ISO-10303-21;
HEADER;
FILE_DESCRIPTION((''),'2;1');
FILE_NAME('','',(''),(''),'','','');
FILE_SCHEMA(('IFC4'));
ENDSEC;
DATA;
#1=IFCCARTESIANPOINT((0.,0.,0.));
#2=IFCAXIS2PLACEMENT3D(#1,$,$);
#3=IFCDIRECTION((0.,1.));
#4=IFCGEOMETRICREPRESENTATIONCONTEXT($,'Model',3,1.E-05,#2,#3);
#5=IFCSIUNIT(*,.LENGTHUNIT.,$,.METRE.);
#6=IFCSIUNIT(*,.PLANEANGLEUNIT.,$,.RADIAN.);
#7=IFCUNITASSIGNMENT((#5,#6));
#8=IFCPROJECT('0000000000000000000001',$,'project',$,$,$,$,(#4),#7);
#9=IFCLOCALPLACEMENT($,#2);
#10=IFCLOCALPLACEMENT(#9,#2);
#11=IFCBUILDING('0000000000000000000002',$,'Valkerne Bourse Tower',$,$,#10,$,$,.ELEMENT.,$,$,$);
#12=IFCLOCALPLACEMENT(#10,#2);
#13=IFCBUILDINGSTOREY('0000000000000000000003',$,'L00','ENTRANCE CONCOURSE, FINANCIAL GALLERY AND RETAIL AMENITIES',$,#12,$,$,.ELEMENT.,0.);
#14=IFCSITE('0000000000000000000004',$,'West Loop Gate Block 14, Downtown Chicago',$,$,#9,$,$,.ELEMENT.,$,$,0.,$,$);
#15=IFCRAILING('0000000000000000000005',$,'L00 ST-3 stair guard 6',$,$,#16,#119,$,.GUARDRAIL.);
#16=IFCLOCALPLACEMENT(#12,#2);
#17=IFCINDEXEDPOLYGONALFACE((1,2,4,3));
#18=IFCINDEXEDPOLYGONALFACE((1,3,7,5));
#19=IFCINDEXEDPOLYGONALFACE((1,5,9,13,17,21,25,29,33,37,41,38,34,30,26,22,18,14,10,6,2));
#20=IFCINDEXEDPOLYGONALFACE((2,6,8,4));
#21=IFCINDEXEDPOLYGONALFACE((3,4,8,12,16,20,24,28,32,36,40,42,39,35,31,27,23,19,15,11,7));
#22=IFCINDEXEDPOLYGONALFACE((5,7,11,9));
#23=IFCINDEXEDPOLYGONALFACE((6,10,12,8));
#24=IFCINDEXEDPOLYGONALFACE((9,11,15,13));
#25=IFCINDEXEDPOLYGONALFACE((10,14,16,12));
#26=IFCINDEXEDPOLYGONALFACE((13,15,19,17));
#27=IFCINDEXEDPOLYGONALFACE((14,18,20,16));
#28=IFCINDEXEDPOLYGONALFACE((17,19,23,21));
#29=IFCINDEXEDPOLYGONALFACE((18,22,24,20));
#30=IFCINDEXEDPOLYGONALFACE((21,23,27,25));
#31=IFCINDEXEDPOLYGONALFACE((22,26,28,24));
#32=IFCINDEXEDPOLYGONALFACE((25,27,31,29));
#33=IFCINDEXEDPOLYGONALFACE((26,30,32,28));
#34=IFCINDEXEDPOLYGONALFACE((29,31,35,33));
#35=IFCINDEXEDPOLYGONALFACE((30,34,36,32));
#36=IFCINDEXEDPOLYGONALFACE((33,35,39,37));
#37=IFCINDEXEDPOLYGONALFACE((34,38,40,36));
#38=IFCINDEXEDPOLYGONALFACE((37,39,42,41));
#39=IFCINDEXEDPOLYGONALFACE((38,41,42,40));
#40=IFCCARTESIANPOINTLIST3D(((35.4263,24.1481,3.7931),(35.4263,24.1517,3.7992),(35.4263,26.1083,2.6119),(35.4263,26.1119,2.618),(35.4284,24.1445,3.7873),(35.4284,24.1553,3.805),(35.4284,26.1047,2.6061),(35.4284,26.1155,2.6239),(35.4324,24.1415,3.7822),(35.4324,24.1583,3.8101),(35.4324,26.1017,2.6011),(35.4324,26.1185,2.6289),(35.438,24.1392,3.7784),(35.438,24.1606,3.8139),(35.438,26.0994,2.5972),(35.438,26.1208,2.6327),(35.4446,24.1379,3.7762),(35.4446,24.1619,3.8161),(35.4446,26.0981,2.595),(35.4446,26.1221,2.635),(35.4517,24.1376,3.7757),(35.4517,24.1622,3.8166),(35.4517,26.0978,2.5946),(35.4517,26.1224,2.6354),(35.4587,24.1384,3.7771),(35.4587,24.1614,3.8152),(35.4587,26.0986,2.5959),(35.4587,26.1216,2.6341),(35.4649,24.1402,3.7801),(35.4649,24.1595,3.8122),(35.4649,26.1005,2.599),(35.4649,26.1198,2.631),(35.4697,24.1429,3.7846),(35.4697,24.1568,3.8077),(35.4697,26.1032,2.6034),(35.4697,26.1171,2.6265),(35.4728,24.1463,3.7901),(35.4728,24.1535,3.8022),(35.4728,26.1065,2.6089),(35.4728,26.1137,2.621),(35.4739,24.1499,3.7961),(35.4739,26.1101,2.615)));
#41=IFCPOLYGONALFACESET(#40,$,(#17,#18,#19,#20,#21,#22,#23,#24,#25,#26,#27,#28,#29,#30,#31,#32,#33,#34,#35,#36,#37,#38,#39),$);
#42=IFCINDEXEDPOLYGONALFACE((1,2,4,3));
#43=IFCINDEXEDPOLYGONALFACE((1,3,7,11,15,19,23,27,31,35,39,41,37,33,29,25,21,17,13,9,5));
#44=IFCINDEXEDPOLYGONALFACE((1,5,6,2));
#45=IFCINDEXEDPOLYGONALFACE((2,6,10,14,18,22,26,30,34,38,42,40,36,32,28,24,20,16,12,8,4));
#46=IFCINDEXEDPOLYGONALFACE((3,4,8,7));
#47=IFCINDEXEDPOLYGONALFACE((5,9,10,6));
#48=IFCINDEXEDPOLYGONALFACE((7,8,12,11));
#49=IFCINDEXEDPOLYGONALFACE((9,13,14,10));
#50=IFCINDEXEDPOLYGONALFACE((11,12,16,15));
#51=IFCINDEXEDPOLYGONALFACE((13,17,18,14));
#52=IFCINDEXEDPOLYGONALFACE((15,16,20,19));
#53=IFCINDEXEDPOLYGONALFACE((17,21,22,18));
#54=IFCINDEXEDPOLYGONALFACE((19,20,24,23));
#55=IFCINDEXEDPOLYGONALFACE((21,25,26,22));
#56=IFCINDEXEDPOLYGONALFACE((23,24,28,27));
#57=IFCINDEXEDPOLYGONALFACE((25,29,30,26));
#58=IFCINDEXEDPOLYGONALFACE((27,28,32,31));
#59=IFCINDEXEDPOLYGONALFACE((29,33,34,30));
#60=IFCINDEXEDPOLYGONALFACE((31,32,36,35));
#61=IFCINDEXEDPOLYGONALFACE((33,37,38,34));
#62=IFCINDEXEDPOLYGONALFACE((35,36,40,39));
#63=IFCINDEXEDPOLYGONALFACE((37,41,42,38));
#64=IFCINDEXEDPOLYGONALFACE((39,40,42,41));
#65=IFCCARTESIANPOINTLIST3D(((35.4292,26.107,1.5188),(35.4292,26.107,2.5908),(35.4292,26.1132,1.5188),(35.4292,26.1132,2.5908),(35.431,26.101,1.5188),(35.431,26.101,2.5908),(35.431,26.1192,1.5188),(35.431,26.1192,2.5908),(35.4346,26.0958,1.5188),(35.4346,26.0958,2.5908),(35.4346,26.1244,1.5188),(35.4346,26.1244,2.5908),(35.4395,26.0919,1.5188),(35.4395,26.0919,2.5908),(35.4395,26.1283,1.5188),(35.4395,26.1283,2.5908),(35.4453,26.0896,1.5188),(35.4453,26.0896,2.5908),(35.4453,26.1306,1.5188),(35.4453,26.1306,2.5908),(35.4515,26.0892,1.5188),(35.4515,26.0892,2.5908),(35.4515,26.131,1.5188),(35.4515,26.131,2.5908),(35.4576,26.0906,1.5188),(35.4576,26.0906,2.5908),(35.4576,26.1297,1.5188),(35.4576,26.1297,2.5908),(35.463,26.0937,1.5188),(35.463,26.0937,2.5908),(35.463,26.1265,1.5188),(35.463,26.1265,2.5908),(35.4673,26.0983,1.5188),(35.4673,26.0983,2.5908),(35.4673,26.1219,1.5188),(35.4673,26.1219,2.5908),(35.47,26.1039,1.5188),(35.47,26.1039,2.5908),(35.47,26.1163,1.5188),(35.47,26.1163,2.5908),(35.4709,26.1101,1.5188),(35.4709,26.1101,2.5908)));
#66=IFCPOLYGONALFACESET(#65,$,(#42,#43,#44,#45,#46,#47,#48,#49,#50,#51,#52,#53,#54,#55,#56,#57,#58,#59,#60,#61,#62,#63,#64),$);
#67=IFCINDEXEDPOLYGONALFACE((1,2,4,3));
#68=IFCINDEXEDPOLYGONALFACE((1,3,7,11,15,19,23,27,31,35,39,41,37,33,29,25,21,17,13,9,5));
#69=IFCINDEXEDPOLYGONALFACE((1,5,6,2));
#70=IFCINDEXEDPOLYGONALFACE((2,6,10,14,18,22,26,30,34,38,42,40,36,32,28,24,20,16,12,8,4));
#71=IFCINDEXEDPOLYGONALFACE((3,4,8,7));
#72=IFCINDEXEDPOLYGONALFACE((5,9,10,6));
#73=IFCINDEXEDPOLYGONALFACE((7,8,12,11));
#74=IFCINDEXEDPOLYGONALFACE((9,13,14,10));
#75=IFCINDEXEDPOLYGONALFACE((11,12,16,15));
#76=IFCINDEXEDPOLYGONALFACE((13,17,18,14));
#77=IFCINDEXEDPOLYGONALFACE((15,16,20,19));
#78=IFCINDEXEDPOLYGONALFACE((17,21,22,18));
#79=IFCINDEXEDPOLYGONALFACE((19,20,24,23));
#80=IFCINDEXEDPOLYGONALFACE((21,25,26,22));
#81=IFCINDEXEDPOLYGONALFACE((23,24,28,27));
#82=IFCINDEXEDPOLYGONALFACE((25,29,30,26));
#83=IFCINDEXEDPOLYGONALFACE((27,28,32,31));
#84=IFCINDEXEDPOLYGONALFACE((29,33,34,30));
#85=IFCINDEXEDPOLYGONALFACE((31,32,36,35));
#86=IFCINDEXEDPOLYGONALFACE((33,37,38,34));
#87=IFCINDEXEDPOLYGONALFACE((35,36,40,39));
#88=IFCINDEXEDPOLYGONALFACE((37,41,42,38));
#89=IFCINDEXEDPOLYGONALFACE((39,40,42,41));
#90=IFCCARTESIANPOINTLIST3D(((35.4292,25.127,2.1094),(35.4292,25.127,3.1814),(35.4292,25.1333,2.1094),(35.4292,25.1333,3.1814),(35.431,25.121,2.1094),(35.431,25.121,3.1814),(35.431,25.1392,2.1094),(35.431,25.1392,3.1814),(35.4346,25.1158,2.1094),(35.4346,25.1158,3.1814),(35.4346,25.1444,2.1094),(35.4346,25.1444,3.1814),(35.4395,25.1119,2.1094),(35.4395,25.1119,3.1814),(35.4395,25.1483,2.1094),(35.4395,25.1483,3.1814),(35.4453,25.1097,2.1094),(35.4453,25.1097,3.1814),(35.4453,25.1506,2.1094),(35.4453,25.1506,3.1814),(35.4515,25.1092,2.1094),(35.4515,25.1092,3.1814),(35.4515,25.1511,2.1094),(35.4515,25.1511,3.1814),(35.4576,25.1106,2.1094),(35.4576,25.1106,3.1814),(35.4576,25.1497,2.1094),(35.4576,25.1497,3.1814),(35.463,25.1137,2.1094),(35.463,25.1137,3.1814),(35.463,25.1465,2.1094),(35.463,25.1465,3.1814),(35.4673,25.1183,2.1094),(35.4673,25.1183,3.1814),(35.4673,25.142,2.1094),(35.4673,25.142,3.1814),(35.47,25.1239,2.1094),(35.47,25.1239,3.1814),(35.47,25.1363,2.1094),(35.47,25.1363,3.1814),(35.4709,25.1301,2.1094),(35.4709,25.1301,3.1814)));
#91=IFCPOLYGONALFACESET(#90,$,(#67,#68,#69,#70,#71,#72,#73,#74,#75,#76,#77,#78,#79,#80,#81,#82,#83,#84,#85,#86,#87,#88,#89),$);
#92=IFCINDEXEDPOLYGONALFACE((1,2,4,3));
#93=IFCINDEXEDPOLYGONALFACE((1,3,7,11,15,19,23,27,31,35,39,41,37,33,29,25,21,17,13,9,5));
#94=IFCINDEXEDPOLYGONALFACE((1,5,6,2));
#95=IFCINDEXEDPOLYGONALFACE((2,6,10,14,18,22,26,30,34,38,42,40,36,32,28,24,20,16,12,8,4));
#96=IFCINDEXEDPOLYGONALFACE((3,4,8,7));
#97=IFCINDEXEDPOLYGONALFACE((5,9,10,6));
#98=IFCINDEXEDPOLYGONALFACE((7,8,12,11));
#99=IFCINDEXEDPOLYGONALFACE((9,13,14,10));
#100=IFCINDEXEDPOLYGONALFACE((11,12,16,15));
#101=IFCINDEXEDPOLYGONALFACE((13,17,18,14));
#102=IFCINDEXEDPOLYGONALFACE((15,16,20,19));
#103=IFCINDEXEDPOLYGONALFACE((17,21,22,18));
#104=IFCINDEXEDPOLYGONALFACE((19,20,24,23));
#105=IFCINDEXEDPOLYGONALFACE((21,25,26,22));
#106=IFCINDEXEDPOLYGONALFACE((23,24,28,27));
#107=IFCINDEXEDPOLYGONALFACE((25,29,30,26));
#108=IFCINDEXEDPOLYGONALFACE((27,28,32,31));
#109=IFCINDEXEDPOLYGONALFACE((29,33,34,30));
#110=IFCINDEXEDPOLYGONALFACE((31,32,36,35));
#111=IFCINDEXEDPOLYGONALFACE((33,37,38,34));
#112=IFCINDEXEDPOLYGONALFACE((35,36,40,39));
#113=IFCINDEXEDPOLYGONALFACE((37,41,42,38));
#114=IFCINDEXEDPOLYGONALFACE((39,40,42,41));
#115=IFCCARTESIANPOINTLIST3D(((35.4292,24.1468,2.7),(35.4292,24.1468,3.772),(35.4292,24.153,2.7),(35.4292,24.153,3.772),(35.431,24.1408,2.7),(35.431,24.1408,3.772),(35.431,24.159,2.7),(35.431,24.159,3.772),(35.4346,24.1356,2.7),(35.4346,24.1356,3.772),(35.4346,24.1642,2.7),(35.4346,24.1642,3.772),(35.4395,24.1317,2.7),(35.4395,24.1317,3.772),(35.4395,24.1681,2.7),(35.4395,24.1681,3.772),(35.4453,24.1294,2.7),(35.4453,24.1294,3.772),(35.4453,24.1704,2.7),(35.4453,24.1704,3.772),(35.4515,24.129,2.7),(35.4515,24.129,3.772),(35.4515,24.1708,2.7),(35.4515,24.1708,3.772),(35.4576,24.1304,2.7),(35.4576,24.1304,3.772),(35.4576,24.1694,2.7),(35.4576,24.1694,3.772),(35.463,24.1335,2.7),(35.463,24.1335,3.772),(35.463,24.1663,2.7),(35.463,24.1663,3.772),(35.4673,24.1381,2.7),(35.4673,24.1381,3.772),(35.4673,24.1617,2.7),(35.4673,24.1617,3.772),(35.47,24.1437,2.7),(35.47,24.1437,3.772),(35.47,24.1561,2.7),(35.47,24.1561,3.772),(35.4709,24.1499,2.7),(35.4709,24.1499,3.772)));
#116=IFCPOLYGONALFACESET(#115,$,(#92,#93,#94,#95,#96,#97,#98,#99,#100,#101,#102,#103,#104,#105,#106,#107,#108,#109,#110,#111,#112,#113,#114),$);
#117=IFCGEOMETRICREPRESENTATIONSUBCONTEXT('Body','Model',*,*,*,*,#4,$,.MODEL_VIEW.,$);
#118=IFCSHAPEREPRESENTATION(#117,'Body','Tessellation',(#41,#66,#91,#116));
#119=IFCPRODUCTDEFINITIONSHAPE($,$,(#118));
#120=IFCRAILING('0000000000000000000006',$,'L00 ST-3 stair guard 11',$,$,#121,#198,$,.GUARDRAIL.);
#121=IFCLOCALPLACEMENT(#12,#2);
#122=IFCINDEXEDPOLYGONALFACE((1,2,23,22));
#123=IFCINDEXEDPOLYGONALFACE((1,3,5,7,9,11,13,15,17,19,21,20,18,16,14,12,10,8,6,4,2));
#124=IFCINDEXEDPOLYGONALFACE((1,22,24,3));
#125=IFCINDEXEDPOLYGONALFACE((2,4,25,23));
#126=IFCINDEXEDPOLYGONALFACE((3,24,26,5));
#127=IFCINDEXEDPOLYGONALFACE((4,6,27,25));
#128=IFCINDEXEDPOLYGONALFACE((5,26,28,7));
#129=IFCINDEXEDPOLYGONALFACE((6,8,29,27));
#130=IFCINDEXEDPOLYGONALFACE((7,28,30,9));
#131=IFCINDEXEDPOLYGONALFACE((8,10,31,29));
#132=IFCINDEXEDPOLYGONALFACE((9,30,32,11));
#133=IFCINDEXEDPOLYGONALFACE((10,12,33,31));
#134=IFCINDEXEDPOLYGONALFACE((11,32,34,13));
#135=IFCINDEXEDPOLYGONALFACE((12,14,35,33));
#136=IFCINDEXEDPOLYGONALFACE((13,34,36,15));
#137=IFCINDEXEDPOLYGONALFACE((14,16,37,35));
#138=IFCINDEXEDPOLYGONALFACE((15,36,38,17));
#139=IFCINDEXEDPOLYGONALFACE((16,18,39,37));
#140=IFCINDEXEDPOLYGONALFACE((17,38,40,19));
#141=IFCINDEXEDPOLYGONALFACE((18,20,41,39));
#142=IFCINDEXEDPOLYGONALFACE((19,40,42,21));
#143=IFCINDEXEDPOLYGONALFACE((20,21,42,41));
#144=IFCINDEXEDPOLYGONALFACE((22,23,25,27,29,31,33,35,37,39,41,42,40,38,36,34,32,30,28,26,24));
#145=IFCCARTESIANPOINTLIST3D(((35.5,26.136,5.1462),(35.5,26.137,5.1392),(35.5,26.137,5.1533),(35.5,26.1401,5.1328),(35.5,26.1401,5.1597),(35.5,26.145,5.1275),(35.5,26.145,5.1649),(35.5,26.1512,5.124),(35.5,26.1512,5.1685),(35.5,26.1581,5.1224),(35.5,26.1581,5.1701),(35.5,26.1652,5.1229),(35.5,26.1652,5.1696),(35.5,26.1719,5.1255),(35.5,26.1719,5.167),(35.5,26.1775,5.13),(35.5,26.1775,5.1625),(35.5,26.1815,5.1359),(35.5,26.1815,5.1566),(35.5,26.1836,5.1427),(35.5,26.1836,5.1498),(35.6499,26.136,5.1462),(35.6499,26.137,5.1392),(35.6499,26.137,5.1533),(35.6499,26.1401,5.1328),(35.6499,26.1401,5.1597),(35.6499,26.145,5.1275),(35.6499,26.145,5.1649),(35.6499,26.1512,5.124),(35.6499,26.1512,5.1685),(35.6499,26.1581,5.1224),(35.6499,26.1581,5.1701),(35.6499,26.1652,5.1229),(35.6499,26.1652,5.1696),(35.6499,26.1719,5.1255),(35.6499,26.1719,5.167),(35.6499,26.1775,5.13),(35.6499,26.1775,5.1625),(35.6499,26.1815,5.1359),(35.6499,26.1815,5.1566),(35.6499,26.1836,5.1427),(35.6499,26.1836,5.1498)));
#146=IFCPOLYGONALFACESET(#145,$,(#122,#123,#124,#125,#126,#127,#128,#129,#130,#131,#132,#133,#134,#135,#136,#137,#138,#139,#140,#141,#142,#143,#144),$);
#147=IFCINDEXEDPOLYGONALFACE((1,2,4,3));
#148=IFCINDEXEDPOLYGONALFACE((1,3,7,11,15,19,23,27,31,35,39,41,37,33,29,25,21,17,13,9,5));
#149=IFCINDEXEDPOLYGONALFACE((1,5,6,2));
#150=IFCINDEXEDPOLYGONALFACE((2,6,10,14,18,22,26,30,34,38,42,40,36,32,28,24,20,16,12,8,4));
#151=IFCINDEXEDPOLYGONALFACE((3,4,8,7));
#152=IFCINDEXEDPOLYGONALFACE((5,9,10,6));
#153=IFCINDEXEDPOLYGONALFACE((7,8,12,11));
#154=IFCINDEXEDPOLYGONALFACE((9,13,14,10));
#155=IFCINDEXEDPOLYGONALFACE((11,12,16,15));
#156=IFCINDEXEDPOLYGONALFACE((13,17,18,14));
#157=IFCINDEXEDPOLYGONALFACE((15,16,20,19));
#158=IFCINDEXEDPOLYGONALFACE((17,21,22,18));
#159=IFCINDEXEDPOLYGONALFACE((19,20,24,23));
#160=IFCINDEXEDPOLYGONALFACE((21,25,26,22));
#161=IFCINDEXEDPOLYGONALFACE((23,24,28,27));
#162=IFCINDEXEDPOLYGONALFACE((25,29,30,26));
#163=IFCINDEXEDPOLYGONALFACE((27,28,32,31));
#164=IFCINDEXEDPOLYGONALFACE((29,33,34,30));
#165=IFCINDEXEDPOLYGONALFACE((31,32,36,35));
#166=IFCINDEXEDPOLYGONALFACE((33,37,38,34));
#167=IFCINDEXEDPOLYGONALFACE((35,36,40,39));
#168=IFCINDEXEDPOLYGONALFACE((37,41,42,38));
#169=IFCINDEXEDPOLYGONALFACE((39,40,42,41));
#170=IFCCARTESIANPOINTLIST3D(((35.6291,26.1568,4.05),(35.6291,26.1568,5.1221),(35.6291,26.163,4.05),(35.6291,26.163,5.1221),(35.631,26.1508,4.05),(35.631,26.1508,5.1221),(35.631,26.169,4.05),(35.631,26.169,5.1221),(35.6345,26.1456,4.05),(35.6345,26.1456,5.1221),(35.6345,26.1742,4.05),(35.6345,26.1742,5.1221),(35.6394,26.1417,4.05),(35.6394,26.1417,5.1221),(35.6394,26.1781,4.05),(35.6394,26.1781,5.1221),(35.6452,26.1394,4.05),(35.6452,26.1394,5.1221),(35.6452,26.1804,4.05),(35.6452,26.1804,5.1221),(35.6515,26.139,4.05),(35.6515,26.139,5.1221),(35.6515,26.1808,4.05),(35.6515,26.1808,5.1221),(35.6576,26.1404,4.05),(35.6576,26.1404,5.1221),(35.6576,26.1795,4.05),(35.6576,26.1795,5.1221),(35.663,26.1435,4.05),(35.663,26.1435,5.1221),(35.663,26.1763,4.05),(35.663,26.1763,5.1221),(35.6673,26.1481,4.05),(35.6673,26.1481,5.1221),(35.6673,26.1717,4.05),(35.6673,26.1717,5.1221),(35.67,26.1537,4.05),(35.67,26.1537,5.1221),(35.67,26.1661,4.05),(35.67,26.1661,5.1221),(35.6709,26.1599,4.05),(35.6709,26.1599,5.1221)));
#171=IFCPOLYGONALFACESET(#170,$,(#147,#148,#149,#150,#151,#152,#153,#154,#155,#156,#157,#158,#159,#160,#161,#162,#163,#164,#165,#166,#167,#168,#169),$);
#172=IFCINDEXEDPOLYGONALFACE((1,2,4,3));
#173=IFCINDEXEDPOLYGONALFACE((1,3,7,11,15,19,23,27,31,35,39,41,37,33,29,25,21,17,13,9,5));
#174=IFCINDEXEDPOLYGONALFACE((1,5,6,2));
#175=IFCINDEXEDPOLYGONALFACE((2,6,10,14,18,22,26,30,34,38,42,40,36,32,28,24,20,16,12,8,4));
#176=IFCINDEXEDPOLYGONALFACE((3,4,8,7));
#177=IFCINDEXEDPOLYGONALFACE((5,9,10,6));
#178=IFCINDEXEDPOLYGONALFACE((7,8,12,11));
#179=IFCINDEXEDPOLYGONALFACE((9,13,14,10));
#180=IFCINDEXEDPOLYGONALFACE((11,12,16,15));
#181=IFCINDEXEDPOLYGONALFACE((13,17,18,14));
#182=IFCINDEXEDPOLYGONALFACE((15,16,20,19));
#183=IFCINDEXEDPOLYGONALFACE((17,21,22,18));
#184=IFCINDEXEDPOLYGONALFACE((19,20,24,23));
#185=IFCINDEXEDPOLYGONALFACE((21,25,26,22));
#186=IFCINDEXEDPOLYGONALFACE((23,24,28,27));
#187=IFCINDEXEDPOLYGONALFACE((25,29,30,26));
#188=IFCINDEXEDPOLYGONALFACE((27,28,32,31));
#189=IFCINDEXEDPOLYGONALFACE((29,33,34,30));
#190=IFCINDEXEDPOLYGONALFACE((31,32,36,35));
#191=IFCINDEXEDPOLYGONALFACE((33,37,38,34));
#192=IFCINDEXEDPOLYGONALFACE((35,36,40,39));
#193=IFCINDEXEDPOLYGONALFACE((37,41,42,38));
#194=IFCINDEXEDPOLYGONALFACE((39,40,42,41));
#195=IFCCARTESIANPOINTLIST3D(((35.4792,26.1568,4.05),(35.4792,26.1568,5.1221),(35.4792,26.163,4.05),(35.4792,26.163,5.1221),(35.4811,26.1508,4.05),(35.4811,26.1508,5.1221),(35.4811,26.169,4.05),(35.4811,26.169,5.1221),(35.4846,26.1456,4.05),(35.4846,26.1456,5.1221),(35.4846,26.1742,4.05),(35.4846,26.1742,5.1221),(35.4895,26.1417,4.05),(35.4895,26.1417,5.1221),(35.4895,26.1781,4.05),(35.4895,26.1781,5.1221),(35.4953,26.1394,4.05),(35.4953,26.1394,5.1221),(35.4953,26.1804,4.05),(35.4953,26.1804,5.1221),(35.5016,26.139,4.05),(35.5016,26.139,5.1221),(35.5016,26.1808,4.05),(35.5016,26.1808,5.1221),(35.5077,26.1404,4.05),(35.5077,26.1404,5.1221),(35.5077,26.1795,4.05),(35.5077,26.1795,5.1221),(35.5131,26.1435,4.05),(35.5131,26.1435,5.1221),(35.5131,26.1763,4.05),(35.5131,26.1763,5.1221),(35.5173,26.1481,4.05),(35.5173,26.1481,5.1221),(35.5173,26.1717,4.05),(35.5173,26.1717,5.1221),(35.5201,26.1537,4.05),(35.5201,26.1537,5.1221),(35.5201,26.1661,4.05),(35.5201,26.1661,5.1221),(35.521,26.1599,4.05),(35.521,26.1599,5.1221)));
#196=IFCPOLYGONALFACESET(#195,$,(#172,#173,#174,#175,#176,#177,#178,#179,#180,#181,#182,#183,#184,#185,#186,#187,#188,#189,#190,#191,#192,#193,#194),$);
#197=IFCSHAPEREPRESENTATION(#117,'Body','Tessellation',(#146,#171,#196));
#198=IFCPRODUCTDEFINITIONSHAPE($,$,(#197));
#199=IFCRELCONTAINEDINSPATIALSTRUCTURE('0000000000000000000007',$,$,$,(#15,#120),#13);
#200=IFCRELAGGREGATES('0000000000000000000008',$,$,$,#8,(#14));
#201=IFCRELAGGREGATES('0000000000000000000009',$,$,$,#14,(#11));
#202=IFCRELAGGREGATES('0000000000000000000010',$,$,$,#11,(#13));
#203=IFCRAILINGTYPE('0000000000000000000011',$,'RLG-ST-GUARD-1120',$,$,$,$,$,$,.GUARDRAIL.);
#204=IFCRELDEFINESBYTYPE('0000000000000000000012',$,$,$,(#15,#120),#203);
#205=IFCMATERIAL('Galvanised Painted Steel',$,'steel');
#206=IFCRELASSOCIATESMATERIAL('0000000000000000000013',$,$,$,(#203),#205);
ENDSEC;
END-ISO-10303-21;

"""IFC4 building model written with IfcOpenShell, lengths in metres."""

from ifc_helpers import new_model, si_unit, direction, frame, origin, origin_2d, place, context, subcontext, project, spatial, circle, extrude, material, type_object, element, save


model = new_model("IFC4")

# Units and contexts
model_context = context("Model", 3, precision=1e-05, world=origin(), true_north=direction((0.0, 1.0)))
body_context = subcontext(model_context, "Body", "Model", "MODEL_VIEW")
ifc_project = project(units=[si_unit("LENGTHUNIT", "METRE"), si_unit("PLANEANGLEUNIT", "RADIAN")], contexts=[model_context])

# Site, building, storey
site_placement = place(None, origin())
site = spatial("IfcSite", under=ifc_project, at=site_placement, Name="West Loop Gate Block 14, Downtown Chicago", CompositionType="ELEMENT", RefElevation=0.0)
building_placement = place(site_placement, origin())
building = spatial("IfcBuilding", under=site, at=building_placement, Name="Valkerne Bourse Tower", CompositionType="ELEMENT")
storey_placement = place(building_placement, origin())
storey = spatial("IfcBuildingStorey", under=building, at=storey_placement, Name="L00", Description="ENTRANCE CONCOURSE, FINANCIAL GALLERY AND RETAIL AMENITIES", CompositionType="ELEMENT", Elevation=0.0)

# Shared definitions
ifc_material_1 = material(Name="Galvanised Painted Steel", Category="steel")

# Railings
railing_type_1 = type_object("IfcRailingType", Name="RLG-ST-GUARD-1120", PredefinedType="GUARDRAIL", material=ifc_material_1)
railing_1_placement = place(storey_placement, frame((35.45, 26.1101, 1.5188)))
element("IfcRailing", 1, at=railing_1_placement, inside=storey, type_object=railing_type_1, Name="L00 ST-3 stair guard 6", PredefinedType="GUARDRAIL", context=body_context, shape_type="SweptSolid", body=[
    extrude(circle(Radius=0.0239, at=origin_2d()), frame((0.0, 0.0, 1.0962), z_axis=(0.0, -0.856522, 0.516111), x_axis=(1.0, 0.0, 0.0)), (0.0, 0.0, 1.0), 2.2886),
    extrude(circle(Radius=0.021, at=origin_2d()), origin(), (0.0, 0.0, 1.0), 1.072),
    extrude(circle(Radius=0.021, at=origin_2d()), frame((0.0, -0.98, 0.5906)), (0.0, 0.0, 1.0), 1.072),
    extrude(circle(Radius=0.021, at=origin_2d()), frame((0.0, -1.9602, 1.1812)), (0.0, 0.0, 1.0), 1.072),
])
railing_2_placement = place(storey_placement, frame((35.6499, 26.1599, 4.05)))
element("IfcRailing", 2, at=railing_2_placement, inside=storey, type_object=railing_type_1, Name="L00 ST-3 stair guard 11", PredefinedType="GUARDRAIL", context=body_context, shape_type="SweptSolid", body=[
    extrude(circle(Radius=0.0239, at=origin_2d()), frame((0.0, 0.0, 1.0962), z_axis=(-1.0, 0.0, 0.0), x_axis=(0.0, -1.0, 0.0)), (0.0, 0.0, 1.0), 0.1499),
    extrude(circle(Radius=0.021, at=origin_2d()), origin(), (0.0, 0.0, 1.0), 1.072),
    extrude(circle(Radius=0.021, at=origin_2d()), frame((-0.1499, 0.0, 0.0)), (0.0, 0.0, 1.0), 1.072),
])

save(model, "model.ifc")
